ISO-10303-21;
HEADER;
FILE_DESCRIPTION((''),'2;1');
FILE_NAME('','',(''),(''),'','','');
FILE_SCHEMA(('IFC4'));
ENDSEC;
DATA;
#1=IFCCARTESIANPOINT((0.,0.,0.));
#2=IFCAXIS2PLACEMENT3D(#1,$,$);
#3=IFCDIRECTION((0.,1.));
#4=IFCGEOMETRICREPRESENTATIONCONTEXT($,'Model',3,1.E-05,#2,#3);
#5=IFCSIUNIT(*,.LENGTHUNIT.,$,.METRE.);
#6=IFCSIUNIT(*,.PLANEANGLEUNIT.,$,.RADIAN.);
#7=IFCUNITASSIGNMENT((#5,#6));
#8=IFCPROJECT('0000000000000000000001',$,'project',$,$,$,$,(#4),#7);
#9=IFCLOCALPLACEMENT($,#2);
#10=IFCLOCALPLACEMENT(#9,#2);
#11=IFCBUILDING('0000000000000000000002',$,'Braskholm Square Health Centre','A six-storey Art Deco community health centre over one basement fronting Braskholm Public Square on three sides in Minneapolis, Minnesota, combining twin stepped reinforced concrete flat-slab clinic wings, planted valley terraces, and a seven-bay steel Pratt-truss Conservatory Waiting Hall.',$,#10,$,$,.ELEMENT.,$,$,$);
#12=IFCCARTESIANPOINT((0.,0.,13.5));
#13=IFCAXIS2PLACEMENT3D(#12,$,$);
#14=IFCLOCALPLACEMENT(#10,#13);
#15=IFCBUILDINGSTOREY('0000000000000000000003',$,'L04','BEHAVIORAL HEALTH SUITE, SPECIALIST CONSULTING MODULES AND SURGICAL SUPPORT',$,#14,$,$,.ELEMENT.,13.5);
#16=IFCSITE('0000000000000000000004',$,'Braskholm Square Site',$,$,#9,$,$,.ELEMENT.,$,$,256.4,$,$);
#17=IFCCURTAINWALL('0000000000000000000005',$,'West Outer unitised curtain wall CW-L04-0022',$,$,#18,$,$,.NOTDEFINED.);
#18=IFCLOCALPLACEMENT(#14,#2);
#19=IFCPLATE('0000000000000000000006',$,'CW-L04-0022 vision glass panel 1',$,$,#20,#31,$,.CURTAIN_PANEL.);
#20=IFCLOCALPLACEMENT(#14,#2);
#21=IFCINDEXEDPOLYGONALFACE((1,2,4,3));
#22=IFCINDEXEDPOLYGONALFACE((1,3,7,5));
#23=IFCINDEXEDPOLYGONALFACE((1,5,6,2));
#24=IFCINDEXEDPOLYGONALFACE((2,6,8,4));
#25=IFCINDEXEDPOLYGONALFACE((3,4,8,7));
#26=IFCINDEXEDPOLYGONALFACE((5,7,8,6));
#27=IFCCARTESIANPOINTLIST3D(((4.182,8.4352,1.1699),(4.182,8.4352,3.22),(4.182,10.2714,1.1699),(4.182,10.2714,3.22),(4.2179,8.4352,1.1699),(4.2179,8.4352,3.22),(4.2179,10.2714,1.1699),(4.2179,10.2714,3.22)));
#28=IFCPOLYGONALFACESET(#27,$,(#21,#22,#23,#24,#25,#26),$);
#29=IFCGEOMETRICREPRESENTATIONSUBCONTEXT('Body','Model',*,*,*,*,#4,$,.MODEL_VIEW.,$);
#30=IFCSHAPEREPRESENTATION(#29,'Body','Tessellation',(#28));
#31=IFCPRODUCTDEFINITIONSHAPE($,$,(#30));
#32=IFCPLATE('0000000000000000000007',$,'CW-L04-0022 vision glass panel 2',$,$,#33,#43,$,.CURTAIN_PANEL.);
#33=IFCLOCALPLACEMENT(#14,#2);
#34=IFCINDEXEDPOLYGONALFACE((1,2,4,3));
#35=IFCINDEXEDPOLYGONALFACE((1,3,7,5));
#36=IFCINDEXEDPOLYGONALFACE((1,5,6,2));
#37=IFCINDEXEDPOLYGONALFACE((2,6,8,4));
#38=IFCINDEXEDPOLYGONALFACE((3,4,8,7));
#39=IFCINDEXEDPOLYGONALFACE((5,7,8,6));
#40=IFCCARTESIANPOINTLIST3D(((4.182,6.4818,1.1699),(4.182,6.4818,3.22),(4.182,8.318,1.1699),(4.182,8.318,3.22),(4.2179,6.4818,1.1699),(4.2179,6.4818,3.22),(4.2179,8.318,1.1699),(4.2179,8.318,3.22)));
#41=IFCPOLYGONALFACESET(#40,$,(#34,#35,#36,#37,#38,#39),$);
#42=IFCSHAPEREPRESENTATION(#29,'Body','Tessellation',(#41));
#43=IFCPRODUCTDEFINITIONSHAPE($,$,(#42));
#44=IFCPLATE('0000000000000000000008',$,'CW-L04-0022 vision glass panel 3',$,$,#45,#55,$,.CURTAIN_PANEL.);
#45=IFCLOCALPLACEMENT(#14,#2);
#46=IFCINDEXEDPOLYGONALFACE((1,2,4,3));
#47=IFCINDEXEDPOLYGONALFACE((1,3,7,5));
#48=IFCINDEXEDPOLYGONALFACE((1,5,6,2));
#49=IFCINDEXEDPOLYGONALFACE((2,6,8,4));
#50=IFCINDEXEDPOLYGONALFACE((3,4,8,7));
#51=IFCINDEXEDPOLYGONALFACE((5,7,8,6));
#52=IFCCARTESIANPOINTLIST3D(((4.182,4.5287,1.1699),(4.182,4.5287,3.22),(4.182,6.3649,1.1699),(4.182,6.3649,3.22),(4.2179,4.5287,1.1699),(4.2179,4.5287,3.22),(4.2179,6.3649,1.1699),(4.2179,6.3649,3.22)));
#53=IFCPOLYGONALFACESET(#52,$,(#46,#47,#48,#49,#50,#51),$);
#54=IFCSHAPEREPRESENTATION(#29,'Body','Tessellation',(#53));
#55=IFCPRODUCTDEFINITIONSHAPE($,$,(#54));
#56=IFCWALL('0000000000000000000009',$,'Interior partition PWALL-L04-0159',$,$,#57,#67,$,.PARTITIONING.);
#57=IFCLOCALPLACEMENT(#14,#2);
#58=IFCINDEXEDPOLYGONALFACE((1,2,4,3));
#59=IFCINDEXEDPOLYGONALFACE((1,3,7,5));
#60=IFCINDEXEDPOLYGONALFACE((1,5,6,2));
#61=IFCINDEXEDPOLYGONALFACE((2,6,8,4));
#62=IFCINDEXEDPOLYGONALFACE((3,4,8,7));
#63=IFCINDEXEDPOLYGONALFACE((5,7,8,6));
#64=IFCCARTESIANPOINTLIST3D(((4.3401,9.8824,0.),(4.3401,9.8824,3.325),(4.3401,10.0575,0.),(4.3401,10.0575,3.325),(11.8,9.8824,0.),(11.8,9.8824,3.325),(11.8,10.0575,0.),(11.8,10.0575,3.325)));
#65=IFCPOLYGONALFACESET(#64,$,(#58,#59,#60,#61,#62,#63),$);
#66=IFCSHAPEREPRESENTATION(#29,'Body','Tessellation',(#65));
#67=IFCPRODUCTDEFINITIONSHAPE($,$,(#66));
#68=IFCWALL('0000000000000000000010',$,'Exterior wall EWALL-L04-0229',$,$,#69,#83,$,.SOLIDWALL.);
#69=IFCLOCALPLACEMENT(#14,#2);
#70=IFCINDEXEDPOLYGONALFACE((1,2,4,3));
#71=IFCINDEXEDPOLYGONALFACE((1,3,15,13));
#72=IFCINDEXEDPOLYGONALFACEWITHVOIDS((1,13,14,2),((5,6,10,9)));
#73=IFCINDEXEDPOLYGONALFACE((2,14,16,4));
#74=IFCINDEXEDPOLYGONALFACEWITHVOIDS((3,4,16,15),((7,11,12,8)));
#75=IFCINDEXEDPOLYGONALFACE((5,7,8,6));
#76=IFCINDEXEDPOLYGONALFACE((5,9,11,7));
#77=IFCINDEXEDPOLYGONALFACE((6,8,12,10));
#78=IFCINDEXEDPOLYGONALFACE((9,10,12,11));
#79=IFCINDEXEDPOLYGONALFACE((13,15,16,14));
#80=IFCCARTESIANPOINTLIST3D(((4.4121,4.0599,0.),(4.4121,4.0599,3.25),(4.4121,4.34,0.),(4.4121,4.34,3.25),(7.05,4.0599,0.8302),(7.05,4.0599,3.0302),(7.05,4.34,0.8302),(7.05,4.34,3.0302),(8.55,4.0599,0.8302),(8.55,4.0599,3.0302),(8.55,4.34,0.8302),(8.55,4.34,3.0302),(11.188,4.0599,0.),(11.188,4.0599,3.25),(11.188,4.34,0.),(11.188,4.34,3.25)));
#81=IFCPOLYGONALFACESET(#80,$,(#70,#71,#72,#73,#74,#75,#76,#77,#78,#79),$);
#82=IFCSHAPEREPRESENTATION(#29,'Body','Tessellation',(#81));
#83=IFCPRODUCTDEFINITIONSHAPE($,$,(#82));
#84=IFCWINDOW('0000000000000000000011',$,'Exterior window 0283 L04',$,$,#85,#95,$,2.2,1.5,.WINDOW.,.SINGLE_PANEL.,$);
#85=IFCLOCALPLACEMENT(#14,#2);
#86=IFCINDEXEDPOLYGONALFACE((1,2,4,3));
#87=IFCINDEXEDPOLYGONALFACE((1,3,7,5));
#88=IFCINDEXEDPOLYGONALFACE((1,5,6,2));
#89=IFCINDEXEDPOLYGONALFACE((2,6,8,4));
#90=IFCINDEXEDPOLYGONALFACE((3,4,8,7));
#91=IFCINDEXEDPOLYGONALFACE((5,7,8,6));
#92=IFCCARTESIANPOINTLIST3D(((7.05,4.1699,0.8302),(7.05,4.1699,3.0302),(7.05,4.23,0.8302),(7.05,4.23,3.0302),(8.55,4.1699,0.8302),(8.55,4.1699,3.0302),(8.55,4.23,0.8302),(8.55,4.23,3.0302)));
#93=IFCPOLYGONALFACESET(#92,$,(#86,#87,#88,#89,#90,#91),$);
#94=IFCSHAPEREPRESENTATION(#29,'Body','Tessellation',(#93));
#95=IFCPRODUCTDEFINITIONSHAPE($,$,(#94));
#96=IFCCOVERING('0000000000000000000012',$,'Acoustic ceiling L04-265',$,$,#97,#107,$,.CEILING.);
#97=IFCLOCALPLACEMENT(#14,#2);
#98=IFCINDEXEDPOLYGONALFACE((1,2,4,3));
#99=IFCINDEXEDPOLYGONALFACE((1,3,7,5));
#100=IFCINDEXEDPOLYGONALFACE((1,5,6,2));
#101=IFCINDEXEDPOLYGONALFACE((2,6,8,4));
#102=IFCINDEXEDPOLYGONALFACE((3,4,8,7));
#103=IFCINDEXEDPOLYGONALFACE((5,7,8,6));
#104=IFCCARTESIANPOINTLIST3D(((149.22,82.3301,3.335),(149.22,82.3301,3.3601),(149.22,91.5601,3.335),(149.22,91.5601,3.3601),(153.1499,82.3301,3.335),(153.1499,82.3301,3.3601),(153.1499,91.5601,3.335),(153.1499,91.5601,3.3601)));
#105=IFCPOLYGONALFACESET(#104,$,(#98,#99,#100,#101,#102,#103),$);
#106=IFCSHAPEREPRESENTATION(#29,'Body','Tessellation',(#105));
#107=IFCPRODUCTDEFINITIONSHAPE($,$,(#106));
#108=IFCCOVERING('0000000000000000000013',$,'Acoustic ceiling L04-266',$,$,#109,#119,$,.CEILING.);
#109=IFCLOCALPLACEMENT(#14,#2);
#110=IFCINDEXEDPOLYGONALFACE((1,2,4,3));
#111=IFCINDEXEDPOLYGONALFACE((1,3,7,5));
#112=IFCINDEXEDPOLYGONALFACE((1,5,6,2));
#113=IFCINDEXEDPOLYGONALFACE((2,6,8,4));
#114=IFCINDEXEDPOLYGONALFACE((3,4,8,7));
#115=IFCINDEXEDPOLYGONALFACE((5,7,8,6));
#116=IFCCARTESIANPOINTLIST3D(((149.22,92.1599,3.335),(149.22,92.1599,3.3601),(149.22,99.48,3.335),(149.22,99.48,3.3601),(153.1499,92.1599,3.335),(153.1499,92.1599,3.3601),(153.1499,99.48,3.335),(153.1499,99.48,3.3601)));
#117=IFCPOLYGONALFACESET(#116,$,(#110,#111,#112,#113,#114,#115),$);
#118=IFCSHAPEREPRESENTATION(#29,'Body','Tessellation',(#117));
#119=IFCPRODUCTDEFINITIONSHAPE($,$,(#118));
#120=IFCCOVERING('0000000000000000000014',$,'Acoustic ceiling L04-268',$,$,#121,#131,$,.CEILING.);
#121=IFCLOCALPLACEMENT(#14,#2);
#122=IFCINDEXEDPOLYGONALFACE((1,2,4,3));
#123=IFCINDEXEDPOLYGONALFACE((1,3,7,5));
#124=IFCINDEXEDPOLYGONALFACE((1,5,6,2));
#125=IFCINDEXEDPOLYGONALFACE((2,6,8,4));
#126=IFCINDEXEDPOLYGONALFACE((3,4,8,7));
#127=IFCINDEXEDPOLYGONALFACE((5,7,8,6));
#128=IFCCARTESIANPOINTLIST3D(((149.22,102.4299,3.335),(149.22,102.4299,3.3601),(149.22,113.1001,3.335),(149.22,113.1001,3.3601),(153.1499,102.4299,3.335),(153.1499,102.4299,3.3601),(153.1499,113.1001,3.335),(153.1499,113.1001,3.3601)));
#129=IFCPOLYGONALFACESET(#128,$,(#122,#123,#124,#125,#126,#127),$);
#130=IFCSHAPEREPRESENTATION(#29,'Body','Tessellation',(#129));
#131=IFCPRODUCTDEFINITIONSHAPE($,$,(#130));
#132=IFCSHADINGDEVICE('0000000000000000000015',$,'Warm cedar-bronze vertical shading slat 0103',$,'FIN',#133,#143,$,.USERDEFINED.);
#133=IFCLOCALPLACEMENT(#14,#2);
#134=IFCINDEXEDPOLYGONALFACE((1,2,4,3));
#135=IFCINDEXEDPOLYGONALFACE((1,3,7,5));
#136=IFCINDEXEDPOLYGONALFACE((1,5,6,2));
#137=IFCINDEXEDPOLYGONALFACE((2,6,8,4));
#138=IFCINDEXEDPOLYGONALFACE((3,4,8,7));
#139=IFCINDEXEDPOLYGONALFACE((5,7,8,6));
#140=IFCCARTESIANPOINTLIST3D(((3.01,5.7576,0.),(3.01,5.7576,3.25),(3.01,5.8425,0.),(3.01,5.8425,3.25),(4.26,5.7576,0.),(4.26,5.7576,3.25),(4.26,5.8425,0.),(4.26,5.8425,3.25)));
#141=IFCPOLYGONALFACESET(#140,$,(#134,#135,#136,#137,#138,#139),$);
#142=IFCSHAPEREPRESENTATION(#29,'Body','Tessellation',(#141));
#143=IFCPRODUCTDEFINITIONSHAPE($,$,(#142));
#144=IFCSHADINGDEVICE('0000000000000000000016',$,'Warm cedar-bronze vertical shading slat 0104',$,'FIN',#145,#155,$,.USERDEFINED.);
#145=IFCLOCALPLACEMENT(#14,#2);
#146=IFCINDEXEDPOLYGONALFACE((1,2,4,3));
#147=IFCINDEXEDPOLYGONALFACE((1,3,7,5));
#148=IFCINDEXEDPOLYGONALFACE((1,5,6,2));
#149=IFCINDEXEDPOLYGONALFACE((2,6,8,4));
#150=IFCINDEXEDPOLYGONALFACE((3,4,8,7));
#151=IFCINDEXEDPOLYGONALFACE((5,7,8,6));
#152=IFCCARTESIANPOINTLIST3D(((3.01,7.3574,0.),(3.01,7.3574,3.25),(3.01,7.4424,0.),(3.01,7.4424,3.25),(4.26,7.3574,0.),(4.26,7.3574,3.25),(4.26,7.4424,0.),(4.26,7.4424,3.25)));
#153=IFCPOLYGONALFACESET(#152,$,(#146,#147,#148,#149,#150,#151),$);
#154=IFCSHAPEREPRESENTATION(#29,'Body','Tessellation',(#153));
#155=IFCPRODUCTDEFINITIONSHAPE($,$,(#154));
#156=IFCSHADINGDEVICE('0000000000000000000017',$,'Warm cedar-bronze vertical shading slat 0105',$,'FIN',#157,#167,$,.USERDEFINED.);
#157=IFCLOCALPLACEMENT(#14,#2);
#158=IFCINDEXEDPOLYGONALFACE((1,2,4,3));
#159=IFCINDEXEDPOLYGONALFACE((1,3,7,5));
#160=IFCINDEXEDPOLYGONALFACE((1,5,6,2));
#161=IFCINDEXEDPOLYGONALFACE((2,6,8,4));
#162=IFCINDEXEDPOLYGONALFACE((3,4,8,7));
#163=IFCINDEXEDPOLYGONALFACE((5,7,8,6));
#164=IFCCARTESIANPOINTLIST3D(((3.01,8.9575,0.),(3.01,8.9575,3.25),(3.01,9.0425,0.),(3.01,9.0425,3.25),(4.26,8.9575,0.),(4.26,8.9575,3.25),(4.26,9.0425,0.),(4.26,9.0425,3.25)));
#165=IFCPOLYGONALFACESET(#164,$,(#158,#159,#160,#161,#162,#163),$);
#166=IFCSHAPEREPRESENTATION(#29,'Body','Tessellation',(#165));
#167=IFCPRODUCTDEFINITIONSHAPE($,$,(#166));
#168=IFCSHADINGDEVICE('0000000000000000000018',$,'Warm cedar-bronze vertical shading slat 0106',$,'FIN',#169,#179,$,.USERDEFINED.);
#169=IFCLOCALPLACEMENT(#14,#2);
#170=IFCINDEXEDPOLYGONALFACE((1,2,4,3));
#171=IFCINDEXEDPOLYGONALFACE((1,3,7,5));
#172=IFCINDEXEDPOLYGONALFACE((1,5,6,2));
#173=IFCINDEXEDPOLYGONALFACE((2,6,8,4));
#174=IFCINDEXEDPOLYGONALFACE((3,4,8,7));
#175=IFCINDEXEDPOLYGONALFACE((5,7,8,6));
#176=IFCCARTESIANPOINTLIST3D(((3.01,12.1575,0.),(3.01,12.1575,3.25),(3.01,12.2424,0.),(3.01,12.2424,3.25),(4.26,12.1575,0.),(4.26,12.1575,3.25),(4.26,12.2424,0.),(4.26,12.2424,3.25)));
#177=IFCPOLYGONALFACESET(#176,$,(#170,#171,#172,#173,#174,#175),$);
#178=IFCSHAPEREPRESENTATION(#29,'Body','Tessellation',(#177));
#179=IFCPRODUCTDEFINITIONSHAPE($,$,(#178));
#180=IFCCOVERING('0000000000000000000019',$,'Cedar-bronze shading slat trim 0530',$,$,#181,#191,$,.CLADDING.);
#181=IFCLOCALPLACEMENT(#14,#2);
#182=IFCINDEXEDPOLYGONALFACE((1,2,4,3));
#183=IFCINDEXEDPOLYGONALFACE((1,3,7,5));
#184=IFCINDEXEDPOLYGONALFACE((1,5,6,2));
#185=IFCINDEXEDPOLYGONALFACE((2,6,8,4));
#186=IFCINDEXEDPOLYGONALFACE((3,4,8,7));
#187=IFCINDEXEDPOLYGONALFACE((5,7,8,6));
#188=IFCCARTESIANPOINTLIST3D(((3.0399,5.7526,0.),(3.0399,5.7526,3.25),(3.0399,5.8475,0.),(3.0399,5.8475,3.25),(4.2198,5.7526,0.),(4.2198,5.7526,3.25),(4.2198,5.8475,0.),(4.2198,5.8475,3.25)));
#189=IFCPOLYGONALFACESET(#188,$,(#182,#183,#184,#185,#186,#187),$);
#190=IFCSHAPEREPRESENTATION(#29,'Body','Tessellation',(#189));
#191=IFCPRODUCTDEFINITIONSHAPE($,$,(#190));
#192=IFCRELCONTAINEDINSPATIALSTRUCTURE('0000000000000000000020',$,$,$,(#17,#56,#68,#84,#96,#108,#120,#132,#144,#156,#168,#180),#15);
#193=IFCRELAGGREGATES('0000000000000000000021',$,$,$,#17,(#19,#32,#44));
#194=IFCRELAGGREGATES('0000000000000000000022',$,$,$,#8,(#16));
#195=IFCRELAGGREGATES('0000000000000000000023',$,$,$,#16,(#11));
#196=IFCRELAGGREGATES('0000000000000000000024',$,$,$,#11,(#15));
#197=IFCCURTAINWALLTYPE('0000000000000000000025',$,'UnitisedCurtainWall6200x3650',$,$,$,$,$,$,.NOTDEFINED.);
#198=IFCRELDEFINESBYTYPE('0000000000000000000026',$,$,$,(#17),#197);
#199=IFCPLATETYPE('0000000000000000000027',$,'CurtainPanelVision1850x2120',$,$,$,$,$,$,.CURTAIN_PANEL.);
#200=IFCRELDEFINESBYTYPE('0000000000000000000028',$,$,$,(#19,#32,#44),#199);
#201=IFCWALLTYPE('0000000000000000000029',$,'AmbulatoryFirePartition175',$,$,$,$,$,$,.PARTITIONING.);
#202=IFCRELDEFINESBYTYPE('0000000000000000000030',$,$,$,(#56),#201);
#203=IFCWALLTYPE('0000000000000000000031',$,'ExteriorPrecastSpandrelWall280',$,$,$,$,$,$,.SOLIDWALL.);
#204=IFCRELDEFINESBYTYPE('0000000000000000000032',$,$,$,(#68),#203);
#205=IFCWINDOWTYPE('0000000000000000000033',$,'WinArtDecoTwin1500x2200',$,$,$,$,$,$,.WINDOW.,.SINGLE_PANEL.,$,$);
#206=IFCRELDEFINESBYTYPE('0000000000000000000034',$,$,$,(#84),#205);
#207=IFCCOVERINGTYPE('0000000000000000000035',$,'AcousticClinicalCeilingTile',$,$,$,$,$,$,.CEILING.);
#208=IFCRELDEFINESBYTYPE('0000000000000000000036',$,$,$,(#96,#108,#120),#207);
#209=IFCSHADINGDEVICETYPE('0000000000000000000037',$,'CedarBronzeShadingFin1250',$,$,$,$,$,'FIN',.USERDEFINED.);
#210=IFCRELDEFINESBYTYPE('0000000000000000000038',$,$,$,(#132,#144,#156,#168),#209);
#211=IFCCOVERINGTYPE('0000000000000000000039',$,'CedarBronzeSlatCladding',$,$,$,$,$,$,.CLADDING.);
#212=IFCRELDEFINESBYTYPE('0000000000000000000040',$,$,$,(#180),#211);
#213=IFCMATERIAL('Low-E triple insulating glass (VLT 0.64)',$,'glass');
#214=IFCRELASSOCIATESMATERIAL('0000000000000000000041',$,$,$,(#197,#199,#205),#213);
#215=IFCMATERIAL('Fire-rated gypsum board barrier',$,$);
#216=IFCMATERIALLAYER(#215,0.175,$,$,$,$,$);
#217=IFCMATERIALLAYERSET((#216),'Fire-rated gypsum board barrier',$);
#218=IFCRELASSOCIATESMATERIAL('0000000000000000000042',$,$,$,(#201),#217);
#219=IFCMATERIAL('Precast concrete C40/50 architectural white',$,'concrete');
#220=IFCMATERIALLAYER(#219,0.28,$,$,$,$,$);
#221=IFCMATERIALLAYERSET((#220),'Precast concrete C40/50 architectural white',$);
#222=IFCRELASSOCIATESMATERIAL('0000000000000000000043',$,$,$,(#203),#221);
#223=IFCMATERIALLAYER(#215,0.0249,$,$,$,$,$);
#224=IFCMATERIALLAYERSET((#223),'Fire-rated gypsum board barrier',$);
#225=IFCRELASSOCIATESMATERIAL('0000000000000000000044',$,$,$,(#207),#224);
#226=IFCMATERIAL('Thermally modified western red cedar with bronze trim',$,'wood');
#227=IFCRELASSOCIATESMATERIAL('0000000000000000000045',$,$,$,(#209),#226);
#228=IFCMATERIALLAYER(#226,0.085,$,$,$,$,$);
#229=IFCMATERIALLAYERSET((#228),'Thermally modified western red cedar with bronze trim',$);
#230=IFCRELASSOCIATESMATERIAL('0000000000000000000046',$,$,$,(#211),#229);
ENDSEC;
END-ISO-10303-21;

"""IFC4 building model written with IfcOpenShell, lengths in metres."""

from ifc_helpers import new_model, si_unit, direction, frame, frame_2d, origin, origin_with_axes, origin_2d, place, context, subcontext, project, spatial, polyline, rectangle, outline, extrude, material, layer, layer_set, type_object, element, fill, aggregate, save


model = new_model("IFC4")

# Units and contexts
model_context = context("Model", 3, precision=1e-05, world=origin(), true_north=direction((0.0, 1.0)))
body_context = subcontext(model_context, "Body", "Model", "MODEL_VIEW")
ifc_project = project(units=[si_unit("LENGTHUNIT", "METRE"), si_unit("PLANEANGLEUNIT", "RADIAN")], contexts=[model_context])

# Site, building, storey
site_placement = place(None, origin())
site = spatial("IfcSite", under=ifc_project, at=site_placement, Name="Braskholm Square Site", CompositionType="ELEMENT", RefElevation=256.4)
building_placement = place(site_placement, origin())
building = spatial("IfcBuilding", under=site, at=building_placement, Name="Braskholm Square Health Centre", Description="A six-storey Art Deco community health centre over one basement fronting Braskholm Public Square on three sides in Minneapolis, Minnesota, combining twin stepped reinforced concrete flat-slab clinic wings, planted valley terraces, and a seven-bay steel Pratt-truss Conservatory Waiting Hall.", CompositionType="ELEMENT")
storey_placement = place(building_placement, frame((0.0, 0.0, 13.5)))
storey = spatial("IfcBuildingStorey", under=building, at=storey_placement, Name="L04", Description="BEHAVIORAL HEALTH SUITE, SPECIALIST CONSULTING MODULES AND SURGICAL SUPPORT", CompositionType="ELEMENT", Elevation=13.5)

# Shared definitions
ifc_material_1 = material(Name="Precast concrete C40/50 architectural white", Category="concrete")

# Curtain wall
ifc_material_2 = material(Name="Low-E triple insulating glass (VLT 0.64)", Category="glass")
curtain_wall_type = type_object("IfcCurtainWallType", Name="UnitisedCurtainWall6200x3650", PredefinedType="NOTDEFINED", material=ifc_material_2)
curtain_wall_placement = place(storey_placement, origin())
curtain_wall = element("IfcCurtainWall", 1, at=curtain_wall_placement, inside=storey, type_object=curtain_wall_type, Name="West Outer unitised curtain wall CW-L04-0022", PredefinedType="NOTDEFINED")

# Plates
plate_type_1 = type_object("IfcPlateType", Name="CurtainPanelVision1850x2120", PredefinedType="CURTAIN_PANEL", material=ifc_material_2)
plate_1_placement = place(storey_placement, frame((4.2, 9.3533, 1.1699), z_axis=(0.0, 0.0, 1.0), x_axis=(0.0, -1.0, 0.0)))
plate_1 = element("IfcPlate", 2, at=plate_1_placement, type_object=plate_type_1, Name="CW-L04-0022 vision glass panel 1", PredefinedType="CURTAIN_PANEL", context=body_context, shape_type="SweptSolid", body=[
    extrude(rectangle(XDim=1.8362, YDim=0.0359, at=origin_2d()), origin(), (0.0, 0.0, 1.0), 2.05),
])
plate_2_placement = place(storey_placement, frame((4.2, 7.3999, 1.1699), z_axis=(0.0, 0.0, 1.0), x_axis=(0.0, -1.0, 0.0)))
plate_2 = element("IfcPlate", 3, at=plate_2_placement, type_object=plate_type_1, Name="CW-L04-0022 vision glass panel 2", PredefinedType="CURTAIN_PANEL", context=body_context, shape_type="SweptSolid", body=[
    extrude(rectangle(XDim=1.8362, YDim=0.0359, at=origin_2d()), origin(), (0.0, 0.0, 1.0), 2.05),
])
plate_3_placement = place(storey_placement, frame((4.2, 5.4468, 1.1699), z_axis=(0.0, 0.0, 1.0), x_axis=(0.0, -1.0, 0.0)))
plate_3 = element("IfcPlate", 4, at=plate_3_placement, type_object=plate_type_1, Name="CW-L04-0022 vision glass panel 3", PredefinedType="CURTAIN_PANEL", context=body_context, shape_type="SweptSolid", body=[
    extrude(rectangle(XDim=1.8362, YDim=0.0359, at=origin_2d()), origin(), (0.0, 0.0, 1.0), 2.05),
])
aggregate(curtain_wall, [plate_1, plate_2, plate_3])

# Wall
ifc_material_3 = material(Name="Fire-rated gypsum board barrier")
ifc_layer_1 = layer(ifc_material_3, 0.175)
ifc_layer_set_1 = layer_set([ifc_layer_1], Name="Fire-rated gypsum board barrier")
wall_type_1 = type_object("IfcWallType", Name="AmbulatoryFirePartition175", PredefinedType="PARTITIONING", material=ifc_layer_set_1)
wall_1_placement = place(storey_placement, frame((4.3401, 9.97, 0.0), z_axis=(0.0, 0.0, 1.0), x_axis=(1.0, 0.0, 0.0)))
element("IfcWall", 5, at=wall_1_placement, inside=storey, type_object=wall_type_1, Name="Interior partition PWALL-L04-0159", PredefinedType="PARTITIONING", context=body_context, shape_type="SweptSolid", body=[
    extrude(rectangle(XDim=7.46, YDim=0.175, at=frame_2d((3.73, 0.0))), origin(), (0.0, 0.0, 1.0), 3.325),
])

# Wall, opening, window
ifc_layer_2 = layer(ifc_material_1, 0.28)
ifc_layer_set_2 = layer_set([ifc_layer_2], Name="Precast concrete C40/50 architectural white")
wall_type_2 = type_object("IfcWallType", Name="ExteriorPrecastSpandrelWall280", PredefinedType="SOLIDWALL", material=ifc_layer_set_2)
wall_2_placement = place(storey_placement, frame((4.4121, 4.2, 0.0), z_axis=(0.0, 0.0, 1.0), x_axis=(1.0, 0.0, 0.0)))
wall_2 = element("IfcWall", 6, at=wall_2_placement, inside=storey, type_object=wall_type_2, Name="Exterior wall EWALL-L04-0229", PredefinedType="SOLIDWALL", context=body_context, shape_type="SweptSolid", body=[
    extrude(rectangle(XDim=6.7759, YDim=0.28, at=frame_2d((3.3879, 0.0))), origin(), (0.0, 0.0, 1.0), 3.25),
])
opening_placement = place(wall_2_placement, frame((2.6379, 0.0, 0.8301)))
opening = element("IfcOpeningElement", 7, at=opening_placement, cuts=wall_2, PredefinedType="OPENING", context=body_context, shape_type="SweptSolid", body=[
    extrude(rectangle(XDim=1.5, YDim=2.2, at=frame_2d((0.75, 1.1001))), frame((0.0, 0.1499, 0.0), z_axis=(0.0, -1.0, 0.0), x_axis=(1.0, 0.0, 0.0)), (0.0, 0.0, 1.0), 0.3),
])
window_type = type_object("IfcWindowType", Name="WinArtDecoTwin1500x2200", PartitioningType="SINGLE_PANEL", PredefinedType="WINDOW", material=ifc_material_2)
window_placement = place(opening_placement, origin_with_axes())
window = element("IfcWindow", 8, at=window_placement, inside=storey, type_object=window_type, Name="Exterior window 0283 L04", OverallHeight=2.2, OverallWidth=1.5, PartitioningType="SINGLE_PANEL", PredefinedType="WINDOW", context=body_context, shape_type="SweptSolid", body=[
    extrude(rectangle(XDim=1.5, YDim=2.2, at=frame_2d((0.75, 1.1001))), frame((0.0, 0.03, 0.0), z_axis=(0.0, -1.0, 0.0), x_axis=(1.0, 0.0, 0.0)), (0.0, 0.0, 1.0), 0.0601),
])
fill(opening, window)

# Coverings
ifc_layer_3 = layer(ifc_material_3, 0.0249)
ifc_layer_set_3 = layer_set([ifc_layer_3], Name="Fire-rated gypsum board barrier")
covering_type_1 = type_object("IfcCoveringType", Name="AcousticClinicalCeilingTile", PredefinedType="CEILING", material=ifc_layer_set_3)
covering_1_placement = place(storey_placement, frame((0.0, 0.0, 3.335)))
element("IfcCovering", 9, at=covering_1_placement, inside=storey, type_object=covering_type_1, Name="Acoustic ceiling L04-265", PredefinedType="CEILING", context=body_context, shape_type="SweptSolid", body=[
    extrude(outline(polyline([(149.22, 82.3301), (153.1499, 82.3301), (153.1499, 91.5601), (149.22, 91.5601), (149.22, 82.3301)])), origin(), (0.0, 0.0, 1.0), 0.0251),
])
covering_2_placement = place(storey_placement, frame((0.0, 0.0, 3.335)))
element("IfcCovering", 10, at=covering_2_placement, inside=storey, type_object=covering_type_1, Name="Acoustic ceiling L04-266", PredefinedType="CEILING", context=body_context, shape_type="SweptSolid", body=[
    extrude(outline(polyline([(149.22, 92.1599), (153.1499, 92.1599), (153.1499, 99.48), (149.22, 99.48), (149.22, 92.1599)])), origin(), (0.0, 0.0, 1.0), 0.0251),
])
covering_3_placement = place(storey_placement, frame((0.0, 0.0, 3.335)))
element("IfcCovering", 11, at=covering_3_placement, inside=storey, type_object=covering_type_1, Name="Acoustic ceiling L04-268", PredefinedType="CEILING", context=body_context, shape_type="SweptSolid", body=[
    extrude(outline(polyline([(149.22, 102.4299), (153.1499, 102.4299), (153.1499, 113.1001), (149.22, 113.1001), (149.22, 102.4299)])), origin(), (0.0, 0.0, 1.0), 0.0251),
])

# Shading devices
ifc_material_4 = material(Name="Thermally modified western red cedar with bronze trim", Category="wood")
shading_device_type = type_object("IfcShadingDeviceType", Name="CedarBronzeShadingFin1250", ElementType="FIN", PredefinedType="USERDEFINED", material=ifc_material_4)
for number, where, z_axis, x_axis, name in (
    (12, (3.635, 5.8, 0.0), (0.0, 0.0, 1.0), (1.0, 0.0, 0.0), "Warm cedar-bronze vertical shading slat 0103"),
    (13, (3.635, 7.3999, 0.0), (0.0, 0.0, 1.0), (1.0, 0.0, 0.0), "Warm cedar-bronze vertical shading slat 0104"),
    (14, (3.635, 9.0, 0.0), (0.0, 0.0, 1.0), (1.0, 0.0, 0.0), "Warm cedar-bronze vertical shading slat 0105"),
    (15, (3.635, 12.2, 0.0), (0.0, 0.0, 1.0), (1.0, 0.0, 0.0), "Warm cedar-bronze vertical shading slat 0106"),
):
    element("IfcShadingDevice", number, at=place(storey_placement, frame(where, z_axis=z_axis, x_axis=x_axis)), inside=storey, type_object=shading_device_type, Name=name, ObjectType="FIN", PredefinedType="USERDEFINED", context=body_context, shape_type="SweptSolid", body=[
        extrude(rectangle(XDim=1.25, YDim=0.085, at=origin_2d()), origin(), (0.0, 0.0, 1.0), 3.25),
    ])

# Covering
ifc_layer_4 = layer(ifc_material_4, 0.085)
ifc_layer_set_4 = layer_set([ifc_layer_4], Name="Thermally modified western red cedar with bronze trim")
covering_type_2 = type_object("IfcCoveringType", Name="CedarBronzeSlatCladding", PredefinedType="CLADDING", material=ifc_layer_set_4)
for number, where, z_axis, x_axis, name in (
    (16, (3.6299, 5.8, 0.0), (0.0, 0.0, 1.0), (1.0, 0.0, 0.0), "Cedar-bronze shading slat trim 0530"),
):
    element("IfcCovering", number, at=place(storey_placement, frame(where, z_axis=z_axis, x_axis=x_axis)), inside=storey, type_object=covering_type_2, Name=name, PredefinedType="CLADDING", context=body_context, shape_type="SweptSolid", body=[
        extrude(rectangle(XDim=1.1799, YDim=0.095, at=origin_2d()), origin(), (0.0, 0.0, 1.0), 3.25),
    ])

save(model, "model.ifc")
